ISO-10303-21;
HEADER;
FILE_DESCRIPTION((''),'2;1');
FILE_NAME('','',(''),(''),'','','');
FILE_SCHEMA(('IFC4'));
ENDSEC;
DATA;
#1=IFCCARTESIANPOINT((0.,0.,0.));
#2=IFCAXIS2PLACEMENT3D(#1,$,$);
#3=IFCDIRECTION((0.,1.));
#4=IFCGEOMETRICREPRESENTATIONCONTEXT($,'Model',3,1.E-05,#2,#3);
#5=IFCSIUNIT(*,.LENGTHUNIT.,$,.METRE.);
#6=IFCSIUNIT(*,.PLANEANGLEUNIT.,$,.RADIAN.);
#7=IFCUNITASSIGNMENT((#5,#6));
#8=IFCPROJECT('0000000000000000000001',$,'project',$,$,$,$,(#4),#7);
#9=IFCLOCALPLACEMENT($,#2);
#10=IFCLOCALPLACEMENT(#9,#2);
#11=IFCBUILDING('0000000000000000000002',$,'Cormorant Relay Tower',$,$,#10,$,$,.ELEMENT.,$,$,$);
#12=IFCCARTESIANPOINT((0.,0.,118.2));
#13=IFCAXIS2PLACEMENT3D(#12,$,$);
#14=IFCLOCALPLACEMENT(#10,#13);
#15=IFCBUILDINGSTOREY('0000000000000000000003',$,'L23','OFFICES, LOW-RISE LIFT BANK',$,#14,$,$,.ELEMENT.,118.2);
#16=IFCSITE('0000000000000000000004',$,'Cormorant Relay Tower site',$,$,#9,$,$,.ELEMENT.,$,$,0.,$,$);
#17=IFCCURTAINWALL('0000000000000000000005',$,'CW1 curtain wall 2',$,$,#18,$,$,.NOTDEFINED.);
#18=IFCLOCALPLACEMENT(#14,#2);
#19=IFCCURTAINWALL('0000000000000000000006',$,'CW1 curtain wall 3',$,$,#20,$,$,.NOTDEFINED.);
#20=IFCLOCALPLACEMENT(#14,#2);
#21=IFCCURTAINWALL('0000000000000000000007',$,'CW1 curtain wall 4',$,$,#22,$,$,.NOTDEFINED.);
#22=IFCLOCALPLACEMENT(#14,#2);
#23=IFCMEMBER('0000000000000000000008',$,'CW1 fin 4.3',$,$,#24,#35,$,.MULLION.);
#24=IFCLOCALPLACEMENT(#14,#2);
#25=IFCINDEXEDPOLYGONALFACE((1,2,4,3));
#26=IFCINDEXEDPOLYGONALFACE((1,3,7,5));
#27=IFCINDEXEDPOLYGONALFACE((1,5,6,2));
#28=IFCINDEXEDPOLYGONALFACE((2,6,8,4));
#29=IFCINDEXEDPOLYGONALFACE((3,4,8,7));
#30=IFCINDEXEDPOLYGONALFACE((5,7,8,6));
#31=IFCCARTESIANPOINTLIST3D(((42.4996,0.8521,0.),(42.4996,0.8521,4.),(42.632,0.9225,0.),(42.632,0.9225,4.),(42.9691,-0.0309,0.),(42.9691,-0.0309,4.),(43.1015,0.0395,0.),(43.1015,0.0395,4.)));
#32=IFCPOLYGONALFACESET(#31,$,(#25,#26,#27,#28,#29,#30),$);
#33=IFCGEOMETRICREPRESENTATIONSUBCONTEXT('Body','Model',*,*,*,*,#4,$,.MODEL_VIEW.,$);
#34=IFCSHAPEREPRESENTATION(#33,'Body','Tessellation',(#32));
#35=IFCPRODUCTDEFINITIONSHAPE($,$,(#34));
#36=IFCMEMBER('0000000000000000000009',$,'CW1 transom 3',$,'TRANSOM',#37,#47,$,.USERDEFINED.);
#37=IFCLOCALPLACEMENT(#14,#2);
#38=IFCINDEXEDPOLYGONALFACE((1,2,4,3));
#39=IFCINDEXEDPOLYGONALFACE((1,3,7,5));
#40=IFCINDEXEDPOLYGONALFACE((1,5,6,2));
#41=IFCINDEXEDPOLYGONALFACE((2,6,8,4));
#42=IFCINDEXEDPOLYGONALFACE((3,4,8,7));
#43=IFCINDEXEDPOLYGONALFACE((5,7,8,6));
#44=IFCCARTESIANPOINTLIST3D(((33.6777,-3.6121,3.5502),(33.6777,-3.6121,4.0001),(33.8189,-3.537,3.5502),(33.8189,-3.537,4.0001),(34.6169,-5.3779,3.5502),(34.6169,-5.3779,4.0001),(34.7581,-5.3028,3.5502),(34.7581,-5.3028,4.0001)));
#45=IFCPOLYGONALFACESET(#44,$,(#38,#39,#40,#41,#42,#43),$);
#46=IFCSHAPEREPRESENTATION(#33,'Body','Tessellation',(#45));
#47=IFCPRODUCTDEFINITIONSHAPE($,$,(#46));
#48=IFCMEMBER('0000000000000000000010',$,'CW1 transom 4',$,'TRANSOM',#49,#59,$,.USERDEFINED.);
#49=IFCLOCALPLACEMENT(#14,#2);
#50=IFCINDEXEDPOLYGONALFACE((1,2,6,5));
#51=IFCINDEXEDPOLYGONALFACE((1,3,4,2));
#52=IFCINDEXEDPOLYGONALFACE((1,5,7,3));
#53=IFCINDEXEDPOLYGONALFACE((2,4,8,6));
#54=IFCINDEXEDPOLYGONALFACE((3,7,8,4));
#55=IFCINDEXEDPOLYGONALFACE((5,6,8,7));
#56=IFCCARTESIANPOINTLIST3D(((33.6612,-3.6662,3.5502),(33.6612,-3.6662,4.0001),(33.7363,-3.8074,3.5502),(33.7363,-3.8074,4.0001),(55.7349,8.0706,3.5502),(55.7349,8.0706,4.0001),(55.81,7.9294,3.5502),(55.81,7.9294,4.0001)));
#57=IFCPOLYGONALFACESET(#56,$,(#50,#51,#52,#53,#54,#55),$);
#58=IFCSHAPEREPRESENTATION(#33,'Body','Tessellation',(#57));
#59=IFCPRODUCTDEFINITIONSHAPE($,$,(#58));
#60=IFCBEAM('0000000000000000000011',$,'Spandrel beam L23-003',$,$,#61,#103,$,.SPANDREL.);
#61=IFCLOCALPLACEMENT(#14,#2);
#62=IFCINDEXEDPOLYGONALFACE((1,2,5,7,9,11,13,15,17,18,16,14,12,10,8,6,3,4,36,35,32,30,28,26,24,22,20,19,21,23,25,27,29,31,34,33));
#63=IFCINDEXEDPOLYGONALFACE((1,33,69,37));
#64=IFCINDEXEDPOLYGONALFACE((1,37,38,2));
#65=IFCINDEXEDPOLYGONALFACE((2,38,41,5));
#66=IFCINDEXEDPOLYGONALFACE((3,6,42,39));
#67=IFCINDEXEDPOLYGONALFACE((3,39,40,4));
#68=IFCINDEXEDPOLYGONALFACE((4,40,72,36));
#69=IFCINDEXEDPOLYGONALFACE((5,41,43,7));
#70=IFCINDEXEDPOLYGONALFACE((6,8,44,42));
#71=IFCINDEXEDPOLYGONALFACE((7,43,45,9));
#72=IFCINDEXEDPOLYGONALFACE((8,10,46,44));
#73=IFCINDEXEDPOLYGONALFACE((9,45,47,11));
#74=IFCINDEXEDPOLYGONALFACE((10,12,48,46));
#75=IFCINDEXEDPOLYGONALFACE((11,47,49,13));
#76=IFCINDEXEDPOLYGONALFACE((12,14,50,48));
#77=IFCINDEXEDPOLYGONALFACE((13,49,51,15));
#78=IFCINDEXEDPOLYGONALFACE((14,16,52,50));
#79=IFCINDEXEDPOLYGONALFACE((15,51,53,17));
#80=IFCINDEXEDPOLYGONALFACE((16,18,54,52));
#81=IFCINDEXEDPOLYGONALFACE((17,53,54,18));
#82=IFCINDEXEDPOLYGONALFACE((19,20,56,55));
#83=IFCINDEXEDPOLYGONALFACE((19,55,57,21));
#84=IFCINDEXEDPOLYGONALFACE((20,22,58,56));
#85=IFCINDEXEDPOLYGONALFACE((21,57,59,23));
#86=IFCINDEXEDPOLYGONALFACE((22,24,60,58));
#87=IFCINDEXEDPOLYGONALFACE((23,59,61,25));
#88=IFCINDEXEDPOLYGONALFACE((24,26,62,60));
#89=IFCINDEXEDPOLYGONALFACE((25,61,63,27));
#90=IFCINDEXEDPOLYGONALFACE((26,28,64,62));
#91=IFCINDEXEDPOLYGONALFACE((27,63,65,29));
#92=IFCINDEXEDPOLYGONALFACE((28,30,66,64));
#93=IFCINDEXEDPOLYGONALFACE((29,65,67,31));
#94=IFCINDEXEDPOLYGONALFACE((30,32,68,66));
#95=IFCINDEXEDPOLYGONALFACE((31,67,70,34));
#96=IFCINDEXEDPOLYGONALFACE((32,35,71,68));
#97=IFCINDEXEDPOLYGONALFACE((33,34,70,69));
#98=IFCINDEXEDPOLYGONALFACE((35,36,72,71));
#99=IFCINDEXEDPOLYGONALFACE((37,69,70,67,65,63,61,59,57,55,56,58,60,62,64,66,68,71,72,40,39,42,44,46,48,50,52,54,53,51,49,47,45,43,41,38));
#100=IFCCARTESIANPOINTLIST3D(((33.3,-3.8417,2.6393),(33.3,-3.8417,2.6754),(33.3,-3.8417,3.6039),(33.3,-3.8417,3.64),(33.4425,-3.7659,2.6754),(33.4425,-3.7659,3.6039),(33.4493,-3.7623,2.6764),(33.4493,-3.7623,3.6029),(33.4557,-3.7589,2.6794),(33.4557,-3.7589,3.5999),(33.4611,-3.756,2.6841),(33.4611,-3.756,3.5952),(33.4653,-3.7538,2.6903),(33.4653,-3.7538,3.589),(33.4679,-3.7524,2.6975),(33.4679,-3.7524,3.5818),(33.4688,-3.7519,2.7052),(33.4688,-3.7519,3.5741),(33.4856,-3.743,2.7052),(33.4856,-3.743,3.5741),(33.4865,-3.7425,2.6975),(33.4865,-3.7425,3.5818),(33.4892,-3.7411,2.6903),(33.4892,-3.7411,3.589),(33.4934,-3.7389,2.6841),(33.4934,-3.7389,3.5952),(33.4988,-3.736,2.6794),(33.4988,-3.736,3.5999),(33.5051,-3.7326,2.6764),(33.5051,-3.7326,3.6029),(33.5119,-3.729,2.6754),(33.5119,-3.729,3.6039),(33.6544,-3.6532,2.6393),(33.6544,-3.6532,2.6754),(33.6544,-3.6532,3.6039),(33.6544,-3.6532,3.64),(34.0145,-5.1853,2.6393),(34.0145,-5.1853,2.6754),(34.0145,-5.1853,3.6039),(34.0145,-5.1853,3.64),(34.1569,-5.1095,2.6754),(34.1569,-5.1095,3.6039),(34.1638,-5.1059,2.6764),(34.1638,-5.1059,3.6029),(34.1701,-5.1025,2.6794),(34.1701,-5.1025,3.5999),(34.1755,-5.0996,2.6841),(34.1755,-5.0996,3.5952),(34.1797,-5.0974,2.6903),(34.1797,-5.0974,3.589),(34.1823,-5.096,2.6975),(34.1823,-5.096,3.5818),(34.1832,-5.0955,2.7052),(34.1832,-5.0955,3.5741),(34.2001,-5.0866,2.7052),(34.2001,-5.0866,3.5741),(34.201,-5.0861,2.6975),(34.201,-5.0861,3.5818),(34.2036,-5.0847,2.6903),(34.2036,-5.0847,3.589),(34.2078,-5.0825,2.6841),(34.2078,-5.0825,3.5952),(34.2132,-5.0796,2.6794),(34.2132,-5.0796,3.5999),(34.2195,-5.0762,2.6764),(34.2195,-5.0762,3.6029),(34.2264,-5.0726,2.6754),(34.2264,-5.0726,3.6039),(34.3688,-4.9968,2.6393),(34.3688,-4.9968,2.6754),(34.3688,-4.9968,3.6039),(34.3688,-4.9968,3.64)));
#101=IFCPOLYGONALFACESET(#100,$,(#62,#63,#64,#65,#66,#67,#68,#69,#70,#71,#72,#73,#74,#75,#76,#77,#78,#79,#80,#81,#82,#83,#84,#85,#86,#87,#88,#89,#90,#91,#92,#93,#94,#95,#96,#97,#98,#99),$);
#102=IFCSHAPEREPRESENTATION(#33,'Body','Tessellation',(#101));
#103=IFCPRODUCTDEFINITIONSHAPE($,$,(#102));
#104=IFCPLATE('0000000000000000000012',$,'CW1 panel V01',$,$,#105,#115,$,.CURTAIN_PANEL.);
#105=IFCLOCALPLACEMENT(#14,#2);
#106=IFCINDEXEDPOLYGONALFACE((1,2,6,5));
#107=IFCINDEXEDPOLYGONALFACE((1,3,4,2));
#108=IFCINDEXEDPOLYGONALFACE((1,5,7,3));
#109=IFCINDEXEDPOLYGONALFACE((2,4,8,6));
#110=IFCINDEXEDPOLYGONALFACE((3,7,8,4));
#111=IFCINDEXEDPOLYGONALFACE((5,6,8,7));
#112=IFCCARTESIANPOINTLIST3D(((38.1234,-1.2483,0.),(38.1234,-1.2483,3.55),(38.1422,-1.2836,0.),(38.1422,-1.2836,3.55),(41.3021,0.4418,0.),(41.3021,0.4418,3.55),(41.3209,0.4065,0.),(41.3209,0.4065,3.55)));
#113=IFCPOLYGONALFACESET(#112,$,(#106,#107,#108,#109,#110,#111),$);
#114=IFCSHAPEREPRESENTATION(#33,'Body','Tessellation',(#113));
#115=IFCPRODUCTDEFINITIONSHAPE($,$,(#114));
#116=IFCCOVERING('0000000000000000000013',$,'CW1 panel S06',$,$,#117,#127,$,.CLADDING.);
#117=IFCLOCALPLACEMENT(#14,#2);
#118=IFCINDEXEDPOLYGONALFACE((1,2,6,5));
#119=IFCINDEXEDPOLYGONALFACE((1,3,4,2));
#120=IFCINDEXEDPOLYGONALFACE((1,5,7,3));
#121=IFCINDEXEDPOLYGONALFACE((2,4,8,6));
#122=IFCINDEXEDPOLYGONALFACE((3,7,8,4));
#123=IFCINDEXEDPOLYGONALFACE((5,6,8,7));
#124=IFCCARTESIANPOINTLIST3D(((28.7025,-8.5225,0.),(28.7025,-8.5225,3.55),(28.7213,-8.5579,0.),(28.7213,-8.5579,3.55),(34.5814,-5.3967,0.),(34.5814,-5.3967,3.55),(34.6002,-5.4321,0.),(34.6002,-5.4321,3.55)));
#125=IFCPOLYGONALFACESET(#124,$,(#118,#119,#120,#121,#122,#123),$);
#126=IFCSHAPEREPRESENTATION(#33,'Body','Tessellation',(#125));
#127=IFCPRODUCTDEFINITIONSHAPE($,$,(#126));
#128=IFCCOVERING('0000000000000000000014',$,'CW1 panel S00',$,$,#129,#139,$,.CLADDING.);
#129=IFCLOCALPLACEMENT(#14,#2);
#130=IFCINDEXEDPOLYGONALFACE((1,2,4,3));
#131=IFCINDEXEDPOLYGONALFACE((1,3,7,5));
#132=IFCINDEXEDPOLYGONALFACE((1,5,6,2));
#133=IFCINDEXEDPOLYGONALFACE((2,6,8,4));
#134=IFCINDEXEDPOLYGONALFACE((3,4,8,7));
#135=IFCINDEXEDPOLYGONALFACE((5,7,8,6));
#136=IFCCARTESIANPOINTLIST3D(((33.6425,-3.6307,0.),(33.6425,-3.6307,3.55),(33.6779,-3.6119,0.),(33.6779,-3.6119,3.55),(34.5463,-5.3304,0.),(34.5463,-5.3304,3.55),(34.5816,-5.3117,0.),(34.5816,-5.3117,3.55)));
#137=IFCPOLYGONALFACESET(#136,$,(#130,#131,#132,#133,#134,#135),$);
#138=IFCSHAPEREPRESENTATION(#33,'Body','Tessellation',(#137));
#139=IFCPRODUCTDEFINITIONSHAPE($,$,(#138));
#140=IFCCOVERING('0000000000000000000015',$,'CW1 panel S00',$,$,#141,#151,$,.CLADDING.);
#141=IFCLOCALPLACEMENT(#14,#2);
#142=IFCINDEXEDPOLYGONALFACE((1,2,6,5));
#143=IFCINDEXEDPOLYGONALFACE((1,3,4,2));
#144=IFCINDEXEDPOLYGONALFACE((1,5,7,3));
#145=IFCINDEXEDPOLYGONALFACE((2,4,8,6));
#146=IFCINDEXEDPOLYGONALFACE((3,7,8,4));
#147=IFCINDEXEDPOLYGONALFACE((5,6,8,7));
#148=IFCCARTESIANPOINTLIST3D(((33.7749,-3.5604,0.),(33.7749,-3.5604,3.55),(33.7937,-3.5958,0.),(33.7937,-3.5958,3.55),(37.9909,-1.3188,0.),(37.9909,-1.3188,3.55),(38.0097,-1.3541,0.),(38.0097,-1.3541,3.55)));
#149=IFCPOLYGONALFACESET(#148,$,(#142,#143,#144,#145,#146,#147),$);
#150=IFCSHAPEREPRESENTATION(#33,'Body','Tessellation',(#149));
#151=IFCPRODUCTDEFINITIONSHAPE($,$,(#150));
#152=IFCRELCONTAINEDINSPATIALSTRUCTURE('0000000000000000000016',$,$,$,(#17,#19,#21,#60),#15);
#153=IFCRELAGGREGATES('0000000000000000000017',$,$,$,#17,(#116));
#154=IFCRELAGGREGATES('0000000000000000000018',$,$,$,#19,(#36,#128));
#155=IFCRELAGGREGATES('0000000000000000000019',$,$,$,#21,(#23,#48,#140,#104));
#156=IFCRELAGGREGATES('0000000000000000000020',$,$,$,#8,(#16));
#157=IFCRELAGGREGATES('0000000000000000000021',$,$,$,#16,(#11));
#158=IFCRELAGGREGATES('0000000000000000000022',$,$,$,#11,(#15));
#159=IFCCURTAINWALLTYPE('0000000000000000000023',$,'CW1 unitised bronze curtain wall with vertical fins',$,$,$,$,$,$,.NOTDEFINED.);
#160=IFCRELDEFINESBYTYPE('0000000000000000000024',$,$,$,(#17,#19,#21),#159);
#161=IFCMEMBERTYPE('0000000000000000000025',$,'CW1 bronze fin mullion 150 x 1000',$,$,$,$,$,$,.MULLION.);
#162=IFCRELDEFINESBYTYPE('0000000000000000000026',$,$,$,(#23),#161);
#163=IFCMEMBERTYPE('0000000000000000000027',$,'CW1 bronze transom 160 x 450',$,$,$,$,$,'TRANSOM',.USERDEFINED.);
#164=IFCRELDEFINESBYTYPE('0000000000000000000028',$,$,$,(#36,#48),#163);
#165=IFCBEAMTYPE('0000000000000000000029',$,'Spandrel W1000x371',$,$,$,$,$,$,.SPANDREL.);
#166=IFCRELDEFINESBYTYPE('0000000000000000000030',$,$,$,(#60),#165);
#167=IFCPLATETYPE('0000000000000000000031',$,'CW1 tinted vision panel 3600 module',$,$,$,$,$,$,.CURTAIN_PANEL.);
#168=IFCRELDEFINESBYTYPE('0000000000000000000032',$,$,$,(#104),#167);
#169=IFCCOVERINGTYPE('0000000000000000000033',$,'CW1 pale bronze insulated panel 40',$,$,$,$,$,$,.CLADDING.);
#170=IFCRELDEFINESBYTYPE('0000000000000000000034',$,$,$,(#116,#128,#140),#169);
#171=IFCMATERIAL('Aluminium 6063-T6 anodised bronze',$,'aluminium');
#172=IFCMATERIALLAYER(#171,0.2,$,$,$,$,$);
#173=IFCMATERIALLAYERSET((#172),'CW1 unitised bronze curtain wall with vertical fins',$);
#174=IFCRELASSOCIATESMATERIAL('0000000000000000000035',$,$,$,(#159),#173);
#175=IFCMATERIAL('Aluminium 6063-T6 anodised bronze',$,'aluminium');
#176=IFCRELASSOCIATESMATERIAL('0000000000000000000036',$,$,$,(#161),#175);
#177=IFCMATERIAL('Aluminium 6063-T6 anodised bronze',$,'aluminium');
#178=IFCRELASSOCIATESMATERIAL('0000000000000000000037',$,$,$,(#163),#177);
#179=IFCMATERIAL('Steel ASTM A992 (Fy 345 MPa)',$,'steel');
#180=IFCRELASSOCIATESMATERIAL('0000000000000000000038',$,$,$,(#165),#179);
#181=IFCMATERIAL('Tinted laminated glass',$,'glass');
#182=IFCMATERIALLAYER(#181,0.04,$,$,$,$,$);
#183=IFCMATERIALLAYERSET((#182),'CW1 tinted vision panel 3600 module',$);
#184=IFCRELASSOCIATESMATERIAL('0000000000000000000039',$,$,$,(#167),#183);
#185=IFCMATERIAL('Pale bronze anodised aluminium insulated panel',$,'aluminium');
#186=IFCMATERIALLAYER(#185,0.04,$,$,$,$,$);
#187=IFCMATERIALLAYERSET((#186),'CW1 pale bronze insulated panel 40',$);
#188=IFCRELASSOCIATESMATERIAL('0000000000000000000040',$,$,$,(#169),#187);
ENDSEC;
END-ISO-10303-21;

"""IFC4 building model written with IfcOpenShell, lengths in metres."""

from ifc_helpers import new_model, si_unit, direction, frame, origin, origin_2d, place, context, subcontext, project, spatial, rectangle, i_section, extrude, material, layer, layer_set, material_profile, profile_set, type_object, element, aggregate, save


model = new_model("IFC4")

# Units and contexts
model_context = context("Model", 3, precision=1e-05, world=origin(), true_north=direction((0.0, 1.0)))
body_context = subcontext(model_context, "Body", "Model", "MODEL_VIEW")
ifc_project = project(units=[si_unit("LENGTHUNIT", "METRE"), si_unit("PLANEANGLEUNIT", "RADIAN")], contexts=[model_context])

# Site, building, storey
site_placement = place(None, origin())
site = spatial("IfcSite", under=ifc_project, at=site_placement, Name="Cormorant Relay Tower site", CompositionType="ELEMENT", RefElevation=0.0)
building_placement = place(site_placement, origin())
building = spatial("IfcBuilding", under=site, at=building_placement, Name="Cormorant Relay Tower", CompositionType="ELEMENT")
storey_placement = place(building_placement, frame((0.0, 0.0, 118.2)))
storey = spatial("IfcBuildingStorey", under=building, at=storey_placement, Name="L23", Description="OFFICES, LOW-RISE LIFT BANK", CompositionType="ELEMENT", Elevation=118.2)

# Curtain walls
ifc_material_1 = material(Name="Aluminium 6063-T6 anodised bronze", Category="aluminium")
ifc_layer_1 = layer(ifc_material_1, 0.2)
ifc_layer_set_1 = layer_set([ifc_layer_1], Name="CW1 unitised bronze curtain wall with vertical fins")
curtain_wall_type = type_object("IfcCurtainWallType", Name="CW1 unitised bronze curtain wall with vertical fins", PredefinedType="NOTDEFINED", material=ifc_layer_set_1)
curtain_wall_1_placement = place(storey_placement, origin())
curtain_wall_1 = element("IfcCurtainWall", 1, at=curtain_wall_1_placement, inside=storey, type_object=curtain_wall_type, Name="CW1 curtain wall 2", PredefinedType="NOTDEFINED")
ifc_material_2 = material(Name="Aluminium 6063-T6 anodised bronze", Category="aluminium")
ifc_material_profile_1 = material_profile(ifc_material_2, rectangle(XDim=0.1499, YDim=1.0, at=origin_2d()), Name="AL 150x1000")
ifc_profile_set_1 = profile_set([ifc_material_profile_1], Name="Aluminium 6063-T6 anodised bronze")
member_type_1 = type_object("IfcMemberType", Name="CW1 bronze fin mullion 150 x 1000", PredefinedType="MULLION", material=ifc_profile_set_1)
curtain_wall_2_placement = place(storey_placement, origin())
curtain_wall_2 = element("IfcCurtainWall", 2, at=curtain_wall_2_placement, inside=storey, type_object=curtain_wall_type, Name="CW1 curtain wall 3", PredefinedType="NOTDEFINED")

# Curtain wall, member
curtain_wall_3_placement = place(storey_placement, origin())
curtain_wall_3 = element("IfcCurtainWall", 3, at=curtain_wall_3_placement, inside=storey, type_object=curtain_wall_type, Name="CW1 curtain wall 4", PredefinedType="NOTDEFINED")
member_1_placement = place(storey_placement, frame((42.8005, 0.4458, 0.0), z_axis=(0.0, 0.0, 1.0), x_axis=(0.882948, 0.469472, 0.0)))
member_1 = element("IfcMember", 4, at=member_1_placement, type_object=member_type_1, Name="CW1 fin 4.3", PredefinedType="MULLION", context=body_context, shape_type="SweptSolid", body=[
    extrude(rectangle(XDim=0.1499, YDim=1.0, at=origin_2d()), origin(), (0.0, 0.0, 1.0), 4.0),
])

# Members
ifc_material_3 = material(Name="Aluminium 6063-T6 anodised bronze", Category="aluminium")
ifc_material_profile_2 = material_profile(ifc_material_3, rectangle(XDim=0.1599, YDim=0.45, at=origin_2d()), Name="AL 160x450")
ifc_profile_set_2 = profile_set([ifc_material_profile_2], Name="Aluminium 6063-T6 anodised bronze")
member_type_2 = type_object("IfcMemberType", Name="CW1 bronze transom 160 x 450", ElementType="TRANSOM", PredefinedType="USERDEFINED", material=ifc_profile_set_2)
member_2_placement = place(storey_placement, frame((34.6875, -5.3403, 3.7751), z_axis=(-0.469581, 0.88289, 0.0), x_axis=(-0.88289, -0.469581, 0.0)))
member_2 = element("IfcMember", 5, at=member_2_placement, type_object=member_type_2, Name="CW1 transom 3", ObjectType="TRANSOM", PredefinedType="USERDEFINED", context=body_context, shape_type="SweptSolid", body=[
    extrude(rectangle(XDim=0.1599, YDim=0.45, at=origin_2d()), origin(), (0.0, 0.0, 1.0), 2.0),
])
member_3_placement = place(storey_placement, frame((33.6987, -3.7368, 3.7751), z_axis=(0.882947, 0.469472, 0.0), x_axis=(-0.469472, 0.882947, 0.0)))
member_3 = element("IfcMember", 6, at=member_3_placement, type_object=member_type_2, Name="CW1 transom 4", ObjectType="TRANSOM", PredefinedType="USERDEFINED", context=body_context, shape_type="SweptSolid", body=[
    extrude(rectangle(XDim=0.1599, YDim=0.45, at=origin_2d()), origin(), (0.0, 0.0, 1.0), 25.0),
])

# Beam
ifc_material_4 = material(Name="Steel ASTM A992 (Fy 345 MPa)", Category="steel")
ifc_material_profile_3 = material_profile(ifc_material_4, i_section(OverallWidth=0.4014, OverallDepth=1.0007, WebThickness=0.019, FlangeThickness=0.0361, FilletRadius=0.0298, at=origin_2d()), Name="W1000x371")
ifc_profile_set_3 = profile_set([ifc_material_profile_3], Name="Steel ASTM A992 (Fy 345 MPa)")
beam_type = type_object("IfcBeamType", Name="Spandrel W1000x371", PredefinedType="SPANDREL", material=ifc_profile_set_3)
beam_placement = place(storey_placement, frame((34.1917, -5.0911, 3.1396), z_axis=(-0.469472, 0.882947, 0.0), x_axis=(-0.882947, -0.469472, 0.0)))
element("IfcBeam", 7, at=beam_placement, inside=storey, type_object=beam_type, Name="Spandrel beam L23-003", PredefinedType="SPANDREL", context=body_context, shape_type="SweptSolid", body=[
    extrude(i_section(OverallWidth=0.4014, OverallDepth=1.0007, WebThickness=0.019, FlangeThickness=0.0361, FilletRadius=0.0298, at=origin_2d()), origin(), (0.0, 0.0, 1.0), 1.5217),
])

# Plate
ifc_material_5 = material(Name="Tinted laminated glass", Category="glass")
ifc_layer_2 = layer(ifc_material_5, 0.04)
ifc_layer_set_2 = layer_set([ifc_layer_2], Name="CW1 tinted vision panel 3600 module")
plate_type = type_object("IfcPlateType", Name="CW1 tinted vision panel 3600 module", PredefinedType="CURTAIN_PANEL", material=ifc_layer_set_2)
plate_placement = place(storey_placement, frame((39.7222, -0.4209, 0.0), z_axis=(0.0, 0.0, 1.0), x_axis=(0.882948, 0.469472, 0.0)))
plate = element("IfcPlate", 8, at=plate_placement, type_object=plate_type, Name="CW1 panel V01", PredefinedType="CURTAIN_PANEL", context=body_context, shape_type="SweptSolid", body=[
    extrude(rectangle(XDim=3.6001, YDim=0.04, at=origin_2d()), origin(), (0.0, 0.0, 1.0), 3.55),
])

# Coverings
ifc_material_6 = material(Name="Pale bronze anodised aluminium insulated panel", Category="aluminium")
ifc_layer_3 = layer(ifc_material_6, 0.04)
ifc_layer_set_3 = layer_set([ifc_layer_3], Name="CW1 pale bronze insulated panel 40")
covering_type = type_object("IfcCoveringType", Name="CW1 pale bronze insulated panel 40", PredefinedType="CLADDING", material=ifc_layer_set_3)
covering_1_placement = place(storey_placement, frame((31.6514, -6.9773, 0.0), z_axis=(0.0, 0.0, 1.0), x_axis=(0.882948, 0.469472, 0.0)))
covering_1 = element("IfcCovering", 9, at=covering_1_placement, type_object=covering_type, Name="CW1 panel S06", PredefinedType="CLADDING", context=body_context, shape_type="SweptSolid", body=[
    extrude(rectangle(XDim=6.6582, YDim=0.04, at=origin_2d()), origin(), (0.0, 0.0, 1.0), 3.55),
])
aggregate(curtain_wall_1, [covering_1])
covering_2_placement = place(storey_placement, frame((34.1121, -4.4712, 0.0), z_axis=(0.0, 0.0, 1.0), x_axis=(-0.469472, 0.882948, 0.0)))
covering_2 = element("IfcCovering", 10, at=covering_2_placement, type_object=covering_type, Name="CW1 panel S00", PredefinedType="CLADDING", context=body_context, shape_type="SweptSolid", body=[
    extrude(rectangle(XDim=1.925, YDim=0.04, at=origin_2d()), origin(), (0.0, 0.0, 1.0), 3.55),
])
aggregate(curtain_wall_2, [member_2, covering_2])
covering_3_placement = place(storey_placement, frame((35.8923, -2.4573, 0.0), z_axis=(0.0, 0.0, 1.0), x_axis=(0.882948, 0.469472, 0.0)))
covering_3 = element("IfcCovering", 11, at=covering_3_placement, type_object=covering_type, Name="CW1 panel S00", PredefinedType="CLADDING", context=body_context, shape_type="SweptSolid", body=[
    extrude(rectangle(XDim=4.7749, YDim=0.04, at=origin_2d()), origin(), (0.0, 0.0, 1.0), 3.55),
])
aggregate(curtain_wall_3, [member_1, member_3, covering_3, plate])

save(model, "model.ifc")
